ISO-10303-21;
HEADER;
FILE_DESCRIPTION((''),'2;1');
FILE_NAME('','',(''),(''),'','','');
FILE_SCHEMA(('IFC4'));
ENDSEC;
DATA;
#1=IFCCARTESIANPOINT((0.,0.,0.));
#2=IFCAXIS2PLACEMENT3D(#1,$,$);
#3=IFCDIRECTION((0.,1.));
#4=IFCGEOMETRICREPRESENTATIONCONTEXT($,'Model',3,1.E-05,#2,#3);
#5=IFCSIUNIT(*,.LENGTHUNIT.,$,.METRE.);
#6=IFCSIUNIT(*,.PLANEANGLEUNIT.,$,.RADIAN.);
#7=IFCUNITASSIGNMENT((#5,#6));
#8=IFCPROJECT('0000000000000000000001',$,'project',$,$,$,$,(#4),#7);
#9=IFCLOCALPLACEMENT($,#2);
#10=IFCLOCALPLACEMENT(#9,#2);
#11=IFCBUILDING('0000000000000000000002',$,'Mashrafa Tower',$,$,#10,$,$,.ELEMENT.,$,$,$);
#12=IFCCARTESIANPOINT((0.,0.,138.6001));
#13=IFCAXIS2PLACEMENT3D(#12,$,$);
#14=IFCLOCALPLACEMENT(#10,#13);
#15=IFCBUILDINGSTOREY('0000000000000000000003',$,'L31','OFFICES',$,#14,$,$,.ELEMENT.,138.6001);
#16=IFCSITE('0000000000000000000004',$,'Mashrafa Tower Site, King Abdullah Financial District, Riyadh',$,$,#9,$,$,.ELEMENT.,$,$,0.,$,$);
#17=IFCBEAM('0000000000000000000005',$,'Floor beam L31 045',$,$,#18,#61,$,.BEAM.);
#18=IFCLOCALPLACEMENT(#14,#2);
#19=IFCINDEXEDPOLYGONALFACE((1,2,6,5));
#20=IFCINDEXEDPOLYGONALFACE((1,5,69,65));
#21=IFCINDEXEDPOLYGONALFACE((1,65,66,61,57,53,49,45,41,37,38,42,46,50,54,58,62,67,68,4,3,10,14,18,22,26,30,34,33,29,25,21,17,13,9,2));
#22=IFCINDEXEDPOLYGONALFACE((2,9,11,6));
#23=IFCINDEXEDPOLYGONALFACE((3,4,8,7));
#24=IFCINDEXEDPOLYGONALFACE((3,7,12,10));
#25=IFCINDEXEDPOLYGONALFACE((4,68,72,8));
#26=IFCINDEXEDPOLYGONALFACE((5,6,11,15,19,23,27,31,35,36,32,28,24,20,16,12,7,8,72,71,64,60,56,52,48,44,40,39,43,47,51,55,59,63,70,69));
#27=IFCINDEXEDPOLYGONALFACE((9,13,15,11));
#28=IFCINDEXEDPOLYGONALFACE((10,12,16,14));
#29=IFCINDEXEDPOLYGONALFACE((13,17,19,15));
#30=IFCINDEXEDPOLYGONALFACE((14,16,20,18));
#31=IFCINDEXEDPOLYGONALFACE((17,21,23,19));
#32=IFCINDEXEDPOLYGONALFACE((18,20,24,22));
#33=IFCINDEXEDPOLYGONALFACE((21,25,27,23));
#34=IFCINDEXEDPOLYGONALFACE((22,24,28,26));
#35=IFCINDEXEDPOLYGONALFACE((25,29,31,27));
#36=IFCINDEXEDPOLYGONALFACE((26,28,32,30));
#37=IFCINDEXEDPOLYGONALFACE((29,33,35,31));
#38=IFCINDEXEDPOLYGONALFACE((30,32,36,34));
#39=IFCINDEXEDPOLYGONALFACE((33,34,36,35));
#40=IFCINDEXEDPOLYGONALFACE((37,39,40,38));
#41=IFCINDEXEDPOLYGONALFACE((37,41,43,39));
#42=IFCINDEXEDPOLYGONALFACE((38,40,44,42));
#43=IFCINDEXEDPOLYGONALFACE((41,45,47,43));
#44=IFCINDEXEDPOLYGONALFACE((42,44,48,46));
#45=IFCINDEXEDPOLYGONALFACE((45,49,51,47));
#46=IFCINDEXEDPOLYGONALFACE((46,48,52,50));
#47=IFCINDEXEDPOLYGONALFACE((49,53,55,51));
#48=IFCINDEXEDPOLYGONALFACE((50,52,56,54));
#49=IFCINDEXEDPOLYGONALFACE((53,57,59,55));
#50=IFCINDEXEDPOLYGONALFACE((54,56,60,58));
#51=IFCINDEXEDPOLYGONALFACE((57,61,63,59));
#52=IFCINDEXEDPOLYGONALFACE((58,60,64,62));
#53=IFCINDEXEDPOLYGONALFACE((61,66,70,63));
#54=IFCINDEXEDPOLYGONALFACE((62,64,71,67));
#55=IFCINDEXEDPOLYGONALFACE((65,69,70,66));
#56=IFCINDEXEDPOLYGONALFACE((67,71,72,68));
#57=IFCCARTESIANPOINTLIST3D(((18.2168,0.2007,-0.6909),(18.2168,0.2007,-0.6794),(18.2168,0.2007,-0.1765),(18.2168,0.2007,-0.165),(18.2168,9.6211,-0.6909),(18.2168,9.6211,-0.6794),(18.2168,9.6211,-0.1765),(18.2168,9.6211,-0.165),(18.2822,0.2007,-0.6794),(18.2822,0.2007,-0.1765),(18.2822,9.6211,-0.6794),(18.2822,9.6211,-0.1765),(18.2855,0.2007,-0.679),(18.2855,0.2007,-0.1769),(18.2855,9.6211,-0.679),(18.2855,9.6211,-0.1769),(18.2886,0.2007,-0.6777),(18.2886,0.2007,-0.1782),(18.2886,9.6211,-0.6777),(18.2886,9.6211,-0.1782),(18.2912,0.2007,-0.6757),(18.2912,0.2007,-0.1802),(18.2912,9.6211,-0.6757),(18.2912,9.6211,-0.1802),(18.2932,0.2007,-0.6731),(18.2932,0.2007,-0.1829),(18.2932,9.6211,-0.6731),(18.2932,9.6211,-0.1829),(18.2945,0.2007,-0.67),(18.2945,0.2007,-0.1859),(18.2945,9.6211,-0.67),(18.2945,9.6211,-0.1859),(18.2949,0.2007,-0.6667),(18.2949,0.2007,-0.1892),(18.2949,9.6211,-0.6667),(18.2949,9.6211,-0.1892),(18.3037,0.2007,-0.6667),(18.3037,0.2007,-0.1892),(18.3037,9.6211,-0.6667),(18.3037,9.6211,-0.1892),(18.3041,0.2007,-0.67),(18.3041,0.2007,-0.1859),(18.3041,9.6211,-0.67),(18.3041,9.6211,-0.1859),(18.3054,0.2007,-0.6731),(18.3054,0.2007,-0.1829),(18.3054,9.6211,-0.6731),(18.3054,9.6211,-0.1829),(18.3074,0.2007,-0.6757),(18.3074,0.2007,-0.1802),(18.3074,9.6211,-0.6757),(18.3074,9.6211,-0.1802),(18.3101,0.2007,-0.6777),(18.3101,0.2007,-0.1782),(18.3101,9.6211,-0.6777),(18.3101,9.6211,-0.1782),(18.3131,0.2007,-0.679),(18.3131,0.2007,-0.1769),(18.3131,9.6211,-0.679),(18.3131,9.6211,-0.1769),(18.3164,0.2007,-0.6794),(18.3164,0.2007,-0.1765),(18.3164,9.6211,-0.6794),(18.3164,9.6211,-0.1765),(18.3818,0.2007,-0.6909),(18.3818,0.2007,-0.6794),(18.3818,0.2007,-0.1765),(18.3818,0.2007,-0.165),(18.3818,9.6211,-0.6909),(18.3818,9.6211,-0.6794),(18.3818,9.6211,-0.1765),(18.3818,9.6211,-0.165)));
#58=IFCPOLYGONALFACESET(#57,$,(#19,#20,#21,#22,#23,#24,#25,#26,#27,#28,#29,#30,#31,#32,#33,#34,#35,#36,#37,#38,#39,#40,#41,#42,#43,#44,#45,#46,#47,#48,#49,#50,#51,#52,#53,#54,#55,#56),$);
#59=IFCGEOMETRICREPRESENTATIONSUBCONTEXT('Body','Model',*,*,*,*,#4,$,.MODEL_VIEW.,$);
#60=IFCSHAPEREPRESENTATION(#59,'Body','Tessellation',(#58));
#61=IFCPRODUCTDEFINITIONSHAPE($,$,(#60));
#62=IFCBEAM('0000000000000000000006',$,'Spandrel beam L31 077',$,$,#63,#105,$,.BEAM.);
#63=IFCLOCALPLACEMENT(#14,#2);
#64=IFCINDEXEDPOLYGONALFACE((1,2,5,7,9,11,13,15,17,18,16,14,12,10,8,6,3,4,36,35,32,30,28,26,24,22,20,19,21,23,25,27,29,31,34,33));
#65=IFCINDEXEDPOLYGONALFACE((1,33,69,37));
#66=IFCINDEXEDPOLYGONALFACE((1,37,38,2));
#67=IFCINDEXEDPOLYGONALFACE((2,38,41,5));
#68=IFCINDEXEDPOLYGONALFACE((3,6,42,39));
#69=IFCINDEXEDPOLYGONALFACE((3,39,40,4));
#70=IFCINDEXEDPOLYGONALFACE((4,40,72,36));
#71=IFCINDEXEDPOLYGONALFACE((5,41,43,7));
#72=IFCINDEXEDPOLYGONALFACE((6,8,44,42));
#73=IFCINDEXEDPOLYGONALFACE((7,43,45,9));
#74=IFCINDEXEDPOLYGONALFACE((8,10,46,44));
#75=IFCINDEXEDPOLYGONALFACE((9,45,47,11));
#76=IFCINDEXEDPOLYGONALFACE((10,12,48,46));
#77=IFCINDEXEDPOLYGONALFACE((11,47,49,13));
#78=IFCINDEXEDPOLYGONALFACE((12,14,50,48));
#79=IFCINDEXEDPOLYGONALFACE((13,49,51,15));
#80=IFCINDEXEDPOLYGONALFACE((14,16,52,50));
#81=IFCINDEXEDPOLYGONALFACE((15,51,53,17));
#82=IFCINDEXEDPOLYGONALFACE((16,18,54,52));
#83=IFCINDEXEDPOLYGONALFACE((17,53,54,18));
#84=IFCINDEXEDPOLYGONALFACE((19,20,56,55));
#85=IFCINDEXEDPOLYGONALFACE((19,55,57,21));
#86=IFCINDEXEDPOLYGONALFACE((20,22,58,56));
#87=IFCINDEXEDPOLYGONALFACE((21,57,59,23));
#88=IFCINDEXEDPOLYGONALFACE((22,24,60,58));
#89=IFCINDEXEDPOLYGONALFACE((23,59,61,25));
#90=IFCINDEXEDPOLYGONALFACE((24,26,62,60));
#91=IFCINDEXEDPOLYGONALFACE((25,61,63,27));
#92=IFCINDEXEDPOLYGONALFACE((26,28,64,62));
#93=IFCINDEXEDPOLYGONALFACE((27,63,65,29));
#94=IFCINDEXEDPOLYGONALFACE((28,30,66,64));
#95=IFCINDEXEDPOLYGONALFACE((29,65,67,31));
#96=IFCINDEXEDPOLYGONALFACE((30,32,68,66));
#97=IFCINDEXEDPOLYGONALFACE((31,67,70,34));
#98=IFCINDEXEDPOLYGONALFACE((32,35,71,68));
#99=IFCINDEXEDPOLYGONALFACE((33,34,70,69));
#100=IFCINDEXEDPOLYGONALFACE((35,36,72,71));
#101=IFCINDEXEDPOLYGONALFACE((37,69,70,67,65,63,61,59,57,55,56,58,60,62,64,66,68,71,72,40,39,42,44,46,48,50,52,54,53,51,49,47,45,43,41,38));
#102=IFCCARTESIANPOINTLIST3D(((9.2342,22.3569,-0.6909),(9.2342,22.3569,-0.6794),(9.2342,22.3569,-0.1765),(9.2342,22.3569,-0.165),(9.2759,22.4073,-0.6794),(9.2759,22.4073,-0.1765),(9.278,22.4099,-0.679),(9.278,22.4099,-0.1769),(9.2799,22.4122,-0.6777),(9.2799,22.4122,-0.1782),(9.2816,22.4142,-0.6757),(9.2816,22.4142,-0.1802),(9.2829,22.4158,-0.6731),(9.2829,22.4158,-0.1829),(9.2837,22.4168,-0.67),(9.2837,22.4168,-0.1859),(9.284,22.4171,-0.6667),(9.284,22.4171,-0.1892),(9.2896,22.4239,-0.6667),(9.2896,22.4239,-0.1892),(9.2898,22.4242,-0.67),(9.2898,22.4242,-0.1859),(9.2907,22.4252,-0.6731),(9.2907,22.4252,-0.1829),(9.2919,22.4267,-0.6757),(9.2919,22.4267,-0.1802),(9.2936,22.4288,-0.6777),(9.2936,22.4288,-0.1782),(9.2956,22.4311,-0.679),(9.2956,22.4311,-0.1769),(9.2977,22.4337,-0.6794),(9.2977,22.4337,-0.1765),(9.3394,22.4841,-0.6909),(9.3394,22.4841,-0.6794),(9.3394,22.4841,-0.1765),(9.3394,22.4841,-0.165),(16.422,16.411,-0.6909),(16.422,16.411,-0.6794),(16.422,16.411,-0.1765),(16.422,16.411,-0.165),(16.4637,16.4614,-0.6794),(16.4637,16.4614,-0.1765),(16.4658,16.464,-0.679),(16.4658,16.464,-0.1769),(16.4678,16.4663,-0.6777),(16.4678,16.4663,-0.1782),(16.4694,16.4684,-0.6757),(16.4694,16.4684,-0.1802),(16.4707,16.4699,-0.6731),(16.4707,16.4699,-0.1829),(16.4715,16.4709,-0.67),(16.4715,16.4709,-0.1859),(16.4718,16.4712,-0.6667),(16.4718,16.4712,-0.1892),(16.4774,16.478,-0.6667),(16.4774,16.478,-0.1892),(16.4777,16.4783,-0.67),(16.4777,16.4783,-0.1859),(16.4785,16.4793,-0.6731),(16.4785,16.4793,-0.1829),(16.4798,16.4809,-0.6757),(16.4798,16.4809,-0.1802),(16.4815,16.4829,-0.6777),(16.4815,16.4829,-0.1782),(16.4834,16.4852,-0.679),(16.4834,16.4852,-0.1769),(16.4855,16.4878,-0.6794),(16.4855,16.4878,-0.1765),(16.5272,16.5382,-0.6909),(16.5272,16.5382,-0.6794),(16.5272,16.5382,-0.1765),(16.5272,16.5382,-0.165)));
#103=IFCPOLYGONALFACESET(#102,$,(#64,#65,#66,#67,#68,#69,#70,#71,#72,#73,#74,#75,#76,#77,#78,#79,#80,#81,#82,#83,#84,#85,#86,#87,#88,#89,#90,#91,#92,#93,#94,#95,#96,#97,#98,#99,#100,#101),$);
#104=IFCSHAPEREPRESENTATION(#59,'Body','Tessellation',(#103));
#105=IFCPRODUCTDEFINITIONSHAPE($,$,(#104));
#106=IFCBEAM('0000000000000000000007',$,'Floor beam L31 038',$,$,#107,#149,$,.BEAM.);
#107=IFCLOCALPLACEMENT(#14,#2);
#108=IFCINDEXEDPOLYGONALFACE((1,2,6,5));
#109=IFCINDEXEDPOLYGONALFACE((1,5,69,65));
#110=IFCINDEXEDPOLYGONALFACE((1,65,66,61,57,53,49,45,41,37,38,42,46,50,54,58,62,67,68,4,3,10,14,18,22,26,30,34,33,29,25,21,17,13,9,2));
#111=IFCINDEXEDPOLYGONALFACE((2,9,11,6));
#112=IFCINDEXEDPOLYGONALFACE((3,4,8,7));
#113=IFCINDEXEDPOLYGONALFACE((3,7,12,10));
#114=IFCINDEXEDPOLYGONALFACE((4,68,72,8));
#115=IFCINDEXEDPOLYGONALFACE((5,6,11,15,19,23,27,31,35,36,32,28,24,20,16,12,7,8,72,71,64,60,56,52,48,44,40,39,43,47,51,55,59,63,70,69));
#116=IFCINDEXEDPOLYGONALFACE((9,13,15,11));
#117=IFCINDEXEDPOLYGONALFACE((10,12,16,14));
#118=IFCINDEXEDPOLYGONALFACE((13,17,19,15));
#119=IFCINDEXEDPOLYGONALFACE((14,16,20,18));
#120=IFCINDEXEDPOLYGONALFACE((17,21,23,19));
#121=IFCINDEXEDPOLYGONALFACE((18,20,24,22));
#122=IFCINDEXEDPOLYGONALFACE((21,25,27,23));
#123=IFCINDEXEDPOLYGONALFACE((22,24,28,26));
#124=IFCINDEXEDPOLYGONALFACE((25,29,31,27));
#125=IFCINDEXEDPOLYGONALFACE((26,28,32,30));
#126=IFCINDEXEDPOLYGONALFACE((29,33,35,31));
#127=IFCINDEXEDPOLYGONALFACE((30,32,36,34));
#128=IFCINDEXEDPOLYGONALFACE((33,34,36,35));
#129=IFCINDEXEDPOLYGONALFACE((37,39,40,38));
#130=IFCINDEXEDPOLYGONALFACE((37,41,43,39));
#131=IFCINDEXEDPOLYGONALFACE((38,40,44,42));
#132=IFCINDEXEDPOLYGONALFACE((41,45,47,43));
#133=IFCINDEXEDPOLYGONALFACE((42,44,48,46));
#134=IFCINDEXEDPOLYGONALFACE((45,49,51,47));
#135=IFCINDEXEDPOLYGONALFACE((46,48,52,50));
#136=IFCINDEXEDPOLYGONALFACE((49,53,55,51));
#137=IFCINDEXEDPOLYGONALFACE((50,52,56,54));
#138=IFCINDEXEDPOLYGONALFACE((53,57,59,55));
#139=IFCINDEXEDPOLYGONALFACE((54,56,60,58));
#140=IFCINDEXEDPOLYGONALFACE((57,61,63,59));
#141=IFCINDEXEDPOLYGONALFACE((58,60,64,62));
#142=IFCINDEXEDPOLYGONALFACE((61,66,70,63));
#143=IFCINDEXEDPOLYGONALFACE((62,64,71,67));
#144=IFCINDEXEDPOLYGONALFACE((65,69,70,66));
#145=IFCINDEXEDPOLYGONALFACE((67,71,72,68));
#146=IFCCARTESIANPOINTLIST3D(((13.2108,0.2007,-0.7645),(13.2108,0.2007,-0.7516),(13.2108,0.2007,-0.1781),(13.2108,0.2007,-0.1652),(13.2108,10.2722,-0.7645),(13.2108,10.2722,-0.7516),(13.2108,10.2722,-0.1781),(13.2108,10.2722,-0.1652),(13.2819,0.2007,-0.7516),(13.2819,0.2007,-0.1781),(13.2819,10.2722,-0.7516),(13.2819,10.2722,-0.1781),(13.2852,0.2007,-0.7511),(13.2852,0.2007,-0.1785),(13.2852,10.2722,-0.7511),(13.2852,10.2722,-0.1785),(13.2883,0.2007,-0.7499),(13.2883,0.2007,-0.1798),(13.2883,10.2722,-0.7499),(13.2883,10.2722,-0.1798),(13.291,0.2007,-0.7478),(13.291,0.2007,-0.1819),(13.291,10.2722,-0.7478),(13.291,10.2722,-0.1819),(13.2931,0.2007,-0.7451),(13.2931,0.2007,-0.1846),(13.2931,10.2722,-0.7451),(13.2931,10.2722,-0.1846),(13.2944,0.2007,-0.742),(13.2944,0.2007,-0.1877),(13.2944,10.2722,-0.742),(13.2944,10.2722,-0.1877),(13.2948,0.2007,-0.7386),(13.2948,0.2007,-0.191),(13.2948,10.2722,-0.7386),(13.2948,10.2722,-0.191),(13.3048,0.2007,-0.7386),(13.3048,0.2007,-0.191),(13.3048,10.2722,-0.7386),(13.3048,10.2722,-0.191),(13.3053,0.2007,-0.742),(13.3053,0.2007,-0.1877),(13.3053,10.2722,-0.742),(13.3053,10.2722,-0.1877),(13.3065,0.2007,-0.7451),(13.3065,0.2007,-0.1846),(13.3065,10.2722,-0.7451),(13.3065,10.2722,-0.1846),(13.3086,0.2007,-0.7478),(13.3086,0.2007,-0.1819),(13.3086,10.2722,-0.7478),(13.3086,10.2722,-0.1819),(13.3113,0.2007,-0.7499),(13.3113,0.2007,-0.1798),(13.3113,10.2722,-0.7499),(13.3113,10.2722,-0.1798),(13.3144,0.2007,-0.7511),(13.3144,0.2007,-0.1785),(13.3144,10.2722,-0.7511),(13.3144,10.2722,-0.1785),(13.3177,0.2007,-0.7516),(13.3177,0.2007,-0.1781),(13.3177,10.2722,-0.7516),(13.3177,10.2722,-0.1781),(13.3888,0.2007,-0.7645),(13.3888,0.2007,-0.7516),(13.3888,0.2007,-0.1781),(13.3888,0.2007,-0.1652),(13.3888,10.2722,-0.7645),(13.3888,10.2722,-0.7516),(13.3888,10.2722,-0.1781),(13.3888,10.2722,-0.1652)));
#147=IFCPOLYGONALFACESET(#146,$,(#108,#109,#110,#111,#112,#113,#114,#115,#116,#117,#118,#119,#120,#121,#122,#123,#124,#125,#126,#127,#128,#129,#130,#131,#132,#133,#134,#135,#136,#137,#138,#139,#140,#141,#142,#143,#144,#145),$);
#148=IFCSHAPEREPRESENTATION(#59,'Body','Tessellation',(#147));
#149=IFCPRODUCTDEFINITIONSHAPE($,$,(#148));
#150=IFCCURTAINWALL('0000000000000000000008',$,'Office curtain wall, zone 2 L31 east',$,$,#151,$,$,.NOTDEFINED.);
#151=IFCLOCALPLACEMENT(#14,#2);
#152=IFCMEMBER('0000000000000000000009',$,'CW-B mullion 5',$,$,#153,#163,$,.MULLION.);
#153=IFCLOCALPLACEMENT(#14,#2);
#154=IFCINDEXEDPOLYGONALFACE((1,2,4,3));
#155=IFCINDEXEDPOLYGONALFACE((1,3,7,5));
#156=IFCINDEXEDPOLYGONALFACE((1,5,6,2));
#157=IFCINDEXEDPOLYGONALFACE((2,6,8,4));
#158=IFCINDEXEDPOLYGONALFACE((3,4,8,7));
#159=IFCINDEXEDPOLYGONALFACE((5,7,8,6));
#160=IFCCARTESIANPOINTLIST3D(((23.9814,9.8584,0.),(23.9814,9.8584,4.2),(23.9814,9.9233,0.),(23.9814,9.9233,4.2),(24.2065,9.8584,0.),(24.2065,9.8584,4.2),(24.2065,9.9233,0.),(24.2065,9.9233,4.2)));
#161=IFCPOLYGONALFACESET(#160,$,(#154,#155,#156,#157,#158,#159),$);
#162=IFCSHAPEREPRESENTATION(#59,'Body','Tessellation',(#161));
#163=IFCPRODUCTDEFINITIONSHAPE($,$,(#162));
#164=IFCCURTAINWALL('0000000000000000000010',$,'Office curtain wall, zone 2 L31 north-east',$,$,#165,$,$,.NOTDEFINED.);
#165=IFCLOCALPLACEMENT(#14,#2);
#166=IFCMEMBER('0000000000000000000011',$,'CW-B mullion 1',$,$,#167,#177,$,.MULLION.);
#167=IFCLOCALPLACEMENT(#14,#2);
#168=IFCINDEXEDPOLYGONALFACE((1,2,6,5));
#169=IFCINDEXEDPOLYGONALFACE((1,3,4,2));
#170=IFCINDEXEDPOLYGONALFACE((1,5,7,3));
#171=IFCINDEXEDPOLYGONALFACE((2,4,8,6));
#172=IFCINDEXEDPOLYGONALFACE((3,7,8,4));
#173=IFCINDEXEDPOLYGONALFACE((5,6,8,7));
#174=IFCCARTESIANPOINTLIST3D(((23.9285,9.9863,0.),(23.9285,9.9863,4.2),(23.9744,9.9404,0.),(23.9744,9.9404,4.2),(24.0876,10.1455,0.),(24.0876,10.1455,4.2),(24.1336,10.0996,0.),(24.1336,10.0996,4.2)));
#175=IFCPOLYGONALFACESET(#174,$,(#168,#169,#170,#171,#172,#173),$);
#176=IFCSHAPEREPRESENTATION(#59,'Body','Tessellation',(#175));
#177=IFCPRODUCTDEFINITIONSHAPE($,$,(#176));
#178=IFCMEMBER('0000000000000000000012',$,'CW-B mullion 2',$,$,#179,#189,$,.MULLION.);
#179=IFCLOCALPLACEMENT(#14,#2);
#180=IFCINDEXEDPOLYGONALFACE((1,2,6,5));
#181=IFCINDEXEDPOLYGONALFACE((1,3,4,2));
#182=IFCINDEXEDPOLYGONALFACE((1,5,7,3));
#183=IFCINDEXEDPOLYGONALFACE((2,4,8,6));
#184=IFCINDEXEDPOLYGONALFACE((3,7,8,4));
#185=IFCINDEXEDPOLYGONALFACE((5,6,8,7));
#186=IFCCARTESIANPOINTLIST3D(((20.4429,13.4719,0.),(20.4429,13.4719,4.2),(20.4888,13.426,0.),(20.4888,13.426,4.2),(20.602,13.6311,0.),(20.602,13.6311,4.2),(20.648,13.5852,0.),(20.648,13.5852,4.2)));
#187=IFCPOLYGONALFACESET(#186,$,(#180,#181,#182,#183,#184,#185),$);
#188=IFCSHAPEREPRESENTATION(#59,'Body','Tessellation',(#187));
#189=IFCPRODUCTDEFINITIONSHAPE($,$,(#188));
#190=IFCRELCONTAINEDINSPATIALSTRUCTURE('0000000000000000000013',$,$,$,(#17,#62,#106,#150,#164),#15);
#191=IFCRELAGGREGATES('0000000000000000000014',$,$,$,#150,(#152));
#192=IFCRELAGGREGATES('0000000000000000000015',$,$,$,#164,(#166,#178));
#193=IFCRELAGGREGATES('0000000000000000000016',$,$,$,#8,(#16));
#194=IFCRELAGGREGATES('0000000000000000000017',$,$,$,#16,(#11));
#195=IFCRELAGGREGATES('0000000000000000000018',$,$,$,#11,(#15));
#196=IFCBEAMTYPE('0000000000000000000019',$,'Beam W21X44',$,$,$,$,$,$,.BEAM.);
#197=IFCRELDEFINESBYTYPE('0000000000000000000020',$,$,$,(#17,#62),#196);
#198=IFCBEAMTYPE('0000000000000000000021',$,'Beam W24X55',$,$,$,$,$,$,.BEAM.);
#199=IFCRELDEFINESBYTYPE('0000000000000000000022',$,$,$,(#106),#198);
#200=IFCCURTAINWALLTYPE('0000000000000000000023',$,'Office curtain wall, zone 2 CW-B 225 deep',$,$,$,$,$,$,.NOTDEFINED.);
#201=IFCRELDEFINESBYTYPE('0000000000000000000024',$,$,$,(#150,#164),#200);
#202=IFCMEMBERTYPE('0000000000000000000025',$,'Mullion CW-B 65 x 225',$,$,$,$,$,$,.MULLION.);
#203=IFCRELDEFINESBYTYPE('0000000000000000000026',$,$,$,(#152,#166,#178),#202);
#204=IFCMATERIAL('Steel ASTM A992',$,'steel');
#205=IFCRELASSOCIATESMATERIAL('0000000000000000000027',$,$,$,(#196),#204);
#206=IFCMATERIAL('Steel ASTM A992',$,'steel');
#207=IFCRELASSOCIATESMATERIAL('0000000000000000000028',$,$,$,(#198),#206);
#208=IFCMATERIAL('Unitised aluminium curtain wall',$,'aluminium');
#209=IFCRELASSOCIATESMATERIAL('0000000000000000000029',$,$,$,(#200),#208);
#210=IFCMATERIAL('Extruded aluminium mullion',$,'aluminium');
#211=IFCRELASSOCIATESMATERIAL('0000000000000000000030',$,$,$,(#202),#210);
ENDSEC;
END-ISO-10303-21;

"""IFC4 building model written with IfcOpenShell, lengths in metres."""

from ifc_helpers import new_model, si_unit, direction, frame, origin, origin_2d, place, context, subcontext, project, spatial, rectangle, i_section, extrude, source, transform, mapped, material, material_profile, profile_set, type_object, type_shapes, element, aggregate, save


model = new_model("IFC4")

# Units and contexts
model_context = context("Model", 3, precision=1e-05, world=origin(), true_north=direction((0.0, 1.0)))
body_context = subcontext(model_context, "Body", "Model", "MODEL_VIEW")
ifc_project = project(units=[si_unit("LENGTHUNIT", "METRE"), si_unit("PLANEANGLEUNIT", "RADIAN")], contexts=[model_context])

# Site, building, storey
site_placement = place(None, origin())
site = spatial("IfcSite", under=ifc_project, at=site_placement, Name="Mashrafa Tower Site, King Abdullah Financial District, Riyadh", CompositionType="ELEMENT", RefElevation=0.0)
building_placement = place(site_placement, origin())
building = spatial("IfcBuilding", under=site, at=building_placement, Name="Mashrafa Tower", CompositionType="ELEMENT")
storey_placement = place(building_placement, frame((0.0, 0.0, 138.6001)))
storey = spatial("IfcBuildingStorey", under=building, at=storey_placement, Name="L31", Description="OFFICES", CompositionType="ELEMENT", Elevation=138.6001)

# Beams
ifc_material_1 = material(Name="Steel ASTM A992", Category="steel")
ifc_material_profile_1 = material_profile(ifc_material_1, i_section(OverallWidth=0.165, OverallDepth=0.5259, WebThickness=0.0088, FlangeThickness=0.0115, FilletRadius=0.0127, at=origin_2d()), Name="W21X44")
ifc_profile_set_1 = profile_set([ifc_material_profile_1], Name="Steel ASTM A992")
beam_type_1 = type_object("IfcBeamType", Name="Beam W21X44", PredefinedType="BEAM", material=ifc_profile_set_1)
beam_1_placement = place(storey_placement, frame((18.2993, 9.6211, -0.428), z_axis=(0.0, -1.0, 0.0), x_axis=(1.0, 0.0, 0.0)))
element("IfcBeam", 1, at=beam_1_placement, inside=storey, type_object=beam_type_1, Name="Floor beam L31 045", PredefinedType="BEAM", context=body_context, shape_type="SweptSolid", body=[
    extrude(i_section(OverallWidth=0.165, OverallDepth=0.5259, WebThickness=0.0088, FlangeThickness=0.0115, FilletRadius=0.0127, at=origin_2d()), origin(), (0.0, 0.0, 1.0), 9.4204),
])
beam_2_placement = place(storey_placement, frame((16.4746, 16.4746, -0.428), z_axis=(-0.770535, 0.637397, 0.0), x_axis=(-0.637397, -0.770535, 0.0)))
element("IfcBeam", 2, at=beam_2_placement, inside=storey, type_object=beam_type_1, Name="Spandrel beam L31 077", PredefinedType="BEAM", context=body_context, shape_type="SweptSolid", body=[
    extrude(i_section(OverallWidth=0.165, OverallDepth=0.5259, WebThickness=0.0088, FlangeThickness=0.0115, FilletRadius=0.0127, at=origin_2d()), origin(), (0.0, 0.0, 1.0), 9.3284),
])
ifc_material_2 = material(Name="Steel ASTM A992", Category="steel")
ifc_material_profile_2 = material_profile(ifc_material_2, i_section(OverallWidth=0.178, OverallDepth=0.5994, WebThickness=0.01, FlangeThickness=0.0129, FilletRadius=0.0129, at=origin_2d()), Name="W24X55")
ifc_profile_set_2 = profile_set([ifc_material_profile_2], Name="Steel ASTM A992")
beam_type_2 = type_object("IfcBeamType", Name="Beam W24X55", PredefinedType="BEAM", material=ifc_profile_set_2)
beam_3_placement = place(storey_placement, frame((13.2998, 10.2722, -0.4648), z_axis=(0.0, -1.0, 0.0), x_axis=(1.0, 0.0, 0.0)))
element("IfcBeam", 3, at=beam_3_placement, inside=storey, type_object=beam_type_2, Name="Floor beam L31 038", PredefinedType="BEAM", context=body_context, shape_type="SweptSolid", body=[
    extrude(i_section(OverallWidth=0.178, OverallDepth=0.5994, WebThickness=0.01, FlangeThickness=0.0129, FilletRadius=0.0129, at=origin_2d()), origin(), (0.0, 0.0, 1.0), 10.0715),
])

# Curtain wall, member
ifc_material_3 = material(Name="Unitised aluminium curtain wall", Category="aluminium")
curtain_wall_type = type_object("IfcCurtainWallType", Name="Office curtain wall, zone 2 CW-B 225 deep", PredefinedType="NOTDEFINED", material=ifc_material_3)
curtain_wall_1_placement = place(storey_placement, origin())
curtain_wall_1 = element("IfcCurtainWall", 4, at=curtain_wall_1_placement, inside=storey, type_object=curtain_wall_type, Name="Office curtain wall, zone 2 L31 east", PredefinedType="NOTDEFINED")
ifc_material_4 = material(Name="Extruded aluminium mullion", Category="aluminium")
ifc_material_profile_3 = material_profile(ifc_material_4, rectangle(XDim=0.2251, YDim=0.0649, at=origin_2d()), Name="Mullion 65x225")
ifc_profile_set_3 = profile_set([ifc_material_profile_3], Name="Extruded aluminium mullion")
member_type_1 = type_object("IfcMemberType", Name="Mullion CW-B 65 x 225", PredefinedType="MULLION", material=ifc_profile_set_3)
shared_shape_1 = source(origin(), body_context, "Body", "SweptSolid", [
    extrude(rectangle(XDim=0.2251, YDim=0.0649, at=origin_2d()), origin(), (0.0, 0.0, 1.0), 4.2),
])
type_shapes(member_type_1, [shared_shape_1])
member_1_placement = place(storey_placement, frame((24.094, 9.8909, 0.0), z_axis=(0.0, 0.0, 1.0), x_axis=(-1.0, 0.0, 0.0)))
member_1 = element("IfcMember", 5, at=member_1_placement, type_object=member_type_1, Name="CW-B mullion 5", PredefinedType="MULLION", context=body_context, shape_type="MappedRepresentation", body=[
    mapped(shared_shape_1, transform((0.0, 0.0, 0.0))),
])
aggregate(curtain_wall_1, [member_1])

# Curtain wall, members
curtain_wall_2_placement = place(storey_placement, origin())
curtain_wall_2 = element("IfcCurtainWall", 6, at=curtain_wall_2_placement, inside=storey, type_object=curtain_wall_type, Name="Office curtain wall, zone 2 L31 north-east", PredefinedType="NOTDEFINED")
member_2_placement = place(storey_placement, frame((24.031, 10.043, 0.0), z_axis=(0.0, 0.0, 1.0), x_axis=(-0.707107, -0.707107, 0.0)))
member_2 = element("IfcMember", 7, at=member_2_placement, type_object=member_type_1, Name="CW-B mullion 1", PredefinedType="MULLION", context=body_context, shape_type="MappedRepresentation", body=[
    mapped(shared_shape_1, transform((0.0, 0.0, 0.0))),
])
member_3_placement = place(storey_placement, frame((20.5454, 13.5286, 0.0), z_axis=(0.0, 0.0, 1.0), x_axis=(-0.707107, -0.707107, 0.0)))
member_3 = element("IfcMember", 8, at=member_3_placement, type_object=member_type_1, Name="CW-B mullion 2", PredefinedType="MULLION", context=body_context, shape_type="MappedRepresentation", body=[
    mapped(shared_shape_1, transform((0.0, 0.0, 0.0))),
])
aggregate(curtain_wall_2, [member_2, member_3])

save(model, "model.ifc")
